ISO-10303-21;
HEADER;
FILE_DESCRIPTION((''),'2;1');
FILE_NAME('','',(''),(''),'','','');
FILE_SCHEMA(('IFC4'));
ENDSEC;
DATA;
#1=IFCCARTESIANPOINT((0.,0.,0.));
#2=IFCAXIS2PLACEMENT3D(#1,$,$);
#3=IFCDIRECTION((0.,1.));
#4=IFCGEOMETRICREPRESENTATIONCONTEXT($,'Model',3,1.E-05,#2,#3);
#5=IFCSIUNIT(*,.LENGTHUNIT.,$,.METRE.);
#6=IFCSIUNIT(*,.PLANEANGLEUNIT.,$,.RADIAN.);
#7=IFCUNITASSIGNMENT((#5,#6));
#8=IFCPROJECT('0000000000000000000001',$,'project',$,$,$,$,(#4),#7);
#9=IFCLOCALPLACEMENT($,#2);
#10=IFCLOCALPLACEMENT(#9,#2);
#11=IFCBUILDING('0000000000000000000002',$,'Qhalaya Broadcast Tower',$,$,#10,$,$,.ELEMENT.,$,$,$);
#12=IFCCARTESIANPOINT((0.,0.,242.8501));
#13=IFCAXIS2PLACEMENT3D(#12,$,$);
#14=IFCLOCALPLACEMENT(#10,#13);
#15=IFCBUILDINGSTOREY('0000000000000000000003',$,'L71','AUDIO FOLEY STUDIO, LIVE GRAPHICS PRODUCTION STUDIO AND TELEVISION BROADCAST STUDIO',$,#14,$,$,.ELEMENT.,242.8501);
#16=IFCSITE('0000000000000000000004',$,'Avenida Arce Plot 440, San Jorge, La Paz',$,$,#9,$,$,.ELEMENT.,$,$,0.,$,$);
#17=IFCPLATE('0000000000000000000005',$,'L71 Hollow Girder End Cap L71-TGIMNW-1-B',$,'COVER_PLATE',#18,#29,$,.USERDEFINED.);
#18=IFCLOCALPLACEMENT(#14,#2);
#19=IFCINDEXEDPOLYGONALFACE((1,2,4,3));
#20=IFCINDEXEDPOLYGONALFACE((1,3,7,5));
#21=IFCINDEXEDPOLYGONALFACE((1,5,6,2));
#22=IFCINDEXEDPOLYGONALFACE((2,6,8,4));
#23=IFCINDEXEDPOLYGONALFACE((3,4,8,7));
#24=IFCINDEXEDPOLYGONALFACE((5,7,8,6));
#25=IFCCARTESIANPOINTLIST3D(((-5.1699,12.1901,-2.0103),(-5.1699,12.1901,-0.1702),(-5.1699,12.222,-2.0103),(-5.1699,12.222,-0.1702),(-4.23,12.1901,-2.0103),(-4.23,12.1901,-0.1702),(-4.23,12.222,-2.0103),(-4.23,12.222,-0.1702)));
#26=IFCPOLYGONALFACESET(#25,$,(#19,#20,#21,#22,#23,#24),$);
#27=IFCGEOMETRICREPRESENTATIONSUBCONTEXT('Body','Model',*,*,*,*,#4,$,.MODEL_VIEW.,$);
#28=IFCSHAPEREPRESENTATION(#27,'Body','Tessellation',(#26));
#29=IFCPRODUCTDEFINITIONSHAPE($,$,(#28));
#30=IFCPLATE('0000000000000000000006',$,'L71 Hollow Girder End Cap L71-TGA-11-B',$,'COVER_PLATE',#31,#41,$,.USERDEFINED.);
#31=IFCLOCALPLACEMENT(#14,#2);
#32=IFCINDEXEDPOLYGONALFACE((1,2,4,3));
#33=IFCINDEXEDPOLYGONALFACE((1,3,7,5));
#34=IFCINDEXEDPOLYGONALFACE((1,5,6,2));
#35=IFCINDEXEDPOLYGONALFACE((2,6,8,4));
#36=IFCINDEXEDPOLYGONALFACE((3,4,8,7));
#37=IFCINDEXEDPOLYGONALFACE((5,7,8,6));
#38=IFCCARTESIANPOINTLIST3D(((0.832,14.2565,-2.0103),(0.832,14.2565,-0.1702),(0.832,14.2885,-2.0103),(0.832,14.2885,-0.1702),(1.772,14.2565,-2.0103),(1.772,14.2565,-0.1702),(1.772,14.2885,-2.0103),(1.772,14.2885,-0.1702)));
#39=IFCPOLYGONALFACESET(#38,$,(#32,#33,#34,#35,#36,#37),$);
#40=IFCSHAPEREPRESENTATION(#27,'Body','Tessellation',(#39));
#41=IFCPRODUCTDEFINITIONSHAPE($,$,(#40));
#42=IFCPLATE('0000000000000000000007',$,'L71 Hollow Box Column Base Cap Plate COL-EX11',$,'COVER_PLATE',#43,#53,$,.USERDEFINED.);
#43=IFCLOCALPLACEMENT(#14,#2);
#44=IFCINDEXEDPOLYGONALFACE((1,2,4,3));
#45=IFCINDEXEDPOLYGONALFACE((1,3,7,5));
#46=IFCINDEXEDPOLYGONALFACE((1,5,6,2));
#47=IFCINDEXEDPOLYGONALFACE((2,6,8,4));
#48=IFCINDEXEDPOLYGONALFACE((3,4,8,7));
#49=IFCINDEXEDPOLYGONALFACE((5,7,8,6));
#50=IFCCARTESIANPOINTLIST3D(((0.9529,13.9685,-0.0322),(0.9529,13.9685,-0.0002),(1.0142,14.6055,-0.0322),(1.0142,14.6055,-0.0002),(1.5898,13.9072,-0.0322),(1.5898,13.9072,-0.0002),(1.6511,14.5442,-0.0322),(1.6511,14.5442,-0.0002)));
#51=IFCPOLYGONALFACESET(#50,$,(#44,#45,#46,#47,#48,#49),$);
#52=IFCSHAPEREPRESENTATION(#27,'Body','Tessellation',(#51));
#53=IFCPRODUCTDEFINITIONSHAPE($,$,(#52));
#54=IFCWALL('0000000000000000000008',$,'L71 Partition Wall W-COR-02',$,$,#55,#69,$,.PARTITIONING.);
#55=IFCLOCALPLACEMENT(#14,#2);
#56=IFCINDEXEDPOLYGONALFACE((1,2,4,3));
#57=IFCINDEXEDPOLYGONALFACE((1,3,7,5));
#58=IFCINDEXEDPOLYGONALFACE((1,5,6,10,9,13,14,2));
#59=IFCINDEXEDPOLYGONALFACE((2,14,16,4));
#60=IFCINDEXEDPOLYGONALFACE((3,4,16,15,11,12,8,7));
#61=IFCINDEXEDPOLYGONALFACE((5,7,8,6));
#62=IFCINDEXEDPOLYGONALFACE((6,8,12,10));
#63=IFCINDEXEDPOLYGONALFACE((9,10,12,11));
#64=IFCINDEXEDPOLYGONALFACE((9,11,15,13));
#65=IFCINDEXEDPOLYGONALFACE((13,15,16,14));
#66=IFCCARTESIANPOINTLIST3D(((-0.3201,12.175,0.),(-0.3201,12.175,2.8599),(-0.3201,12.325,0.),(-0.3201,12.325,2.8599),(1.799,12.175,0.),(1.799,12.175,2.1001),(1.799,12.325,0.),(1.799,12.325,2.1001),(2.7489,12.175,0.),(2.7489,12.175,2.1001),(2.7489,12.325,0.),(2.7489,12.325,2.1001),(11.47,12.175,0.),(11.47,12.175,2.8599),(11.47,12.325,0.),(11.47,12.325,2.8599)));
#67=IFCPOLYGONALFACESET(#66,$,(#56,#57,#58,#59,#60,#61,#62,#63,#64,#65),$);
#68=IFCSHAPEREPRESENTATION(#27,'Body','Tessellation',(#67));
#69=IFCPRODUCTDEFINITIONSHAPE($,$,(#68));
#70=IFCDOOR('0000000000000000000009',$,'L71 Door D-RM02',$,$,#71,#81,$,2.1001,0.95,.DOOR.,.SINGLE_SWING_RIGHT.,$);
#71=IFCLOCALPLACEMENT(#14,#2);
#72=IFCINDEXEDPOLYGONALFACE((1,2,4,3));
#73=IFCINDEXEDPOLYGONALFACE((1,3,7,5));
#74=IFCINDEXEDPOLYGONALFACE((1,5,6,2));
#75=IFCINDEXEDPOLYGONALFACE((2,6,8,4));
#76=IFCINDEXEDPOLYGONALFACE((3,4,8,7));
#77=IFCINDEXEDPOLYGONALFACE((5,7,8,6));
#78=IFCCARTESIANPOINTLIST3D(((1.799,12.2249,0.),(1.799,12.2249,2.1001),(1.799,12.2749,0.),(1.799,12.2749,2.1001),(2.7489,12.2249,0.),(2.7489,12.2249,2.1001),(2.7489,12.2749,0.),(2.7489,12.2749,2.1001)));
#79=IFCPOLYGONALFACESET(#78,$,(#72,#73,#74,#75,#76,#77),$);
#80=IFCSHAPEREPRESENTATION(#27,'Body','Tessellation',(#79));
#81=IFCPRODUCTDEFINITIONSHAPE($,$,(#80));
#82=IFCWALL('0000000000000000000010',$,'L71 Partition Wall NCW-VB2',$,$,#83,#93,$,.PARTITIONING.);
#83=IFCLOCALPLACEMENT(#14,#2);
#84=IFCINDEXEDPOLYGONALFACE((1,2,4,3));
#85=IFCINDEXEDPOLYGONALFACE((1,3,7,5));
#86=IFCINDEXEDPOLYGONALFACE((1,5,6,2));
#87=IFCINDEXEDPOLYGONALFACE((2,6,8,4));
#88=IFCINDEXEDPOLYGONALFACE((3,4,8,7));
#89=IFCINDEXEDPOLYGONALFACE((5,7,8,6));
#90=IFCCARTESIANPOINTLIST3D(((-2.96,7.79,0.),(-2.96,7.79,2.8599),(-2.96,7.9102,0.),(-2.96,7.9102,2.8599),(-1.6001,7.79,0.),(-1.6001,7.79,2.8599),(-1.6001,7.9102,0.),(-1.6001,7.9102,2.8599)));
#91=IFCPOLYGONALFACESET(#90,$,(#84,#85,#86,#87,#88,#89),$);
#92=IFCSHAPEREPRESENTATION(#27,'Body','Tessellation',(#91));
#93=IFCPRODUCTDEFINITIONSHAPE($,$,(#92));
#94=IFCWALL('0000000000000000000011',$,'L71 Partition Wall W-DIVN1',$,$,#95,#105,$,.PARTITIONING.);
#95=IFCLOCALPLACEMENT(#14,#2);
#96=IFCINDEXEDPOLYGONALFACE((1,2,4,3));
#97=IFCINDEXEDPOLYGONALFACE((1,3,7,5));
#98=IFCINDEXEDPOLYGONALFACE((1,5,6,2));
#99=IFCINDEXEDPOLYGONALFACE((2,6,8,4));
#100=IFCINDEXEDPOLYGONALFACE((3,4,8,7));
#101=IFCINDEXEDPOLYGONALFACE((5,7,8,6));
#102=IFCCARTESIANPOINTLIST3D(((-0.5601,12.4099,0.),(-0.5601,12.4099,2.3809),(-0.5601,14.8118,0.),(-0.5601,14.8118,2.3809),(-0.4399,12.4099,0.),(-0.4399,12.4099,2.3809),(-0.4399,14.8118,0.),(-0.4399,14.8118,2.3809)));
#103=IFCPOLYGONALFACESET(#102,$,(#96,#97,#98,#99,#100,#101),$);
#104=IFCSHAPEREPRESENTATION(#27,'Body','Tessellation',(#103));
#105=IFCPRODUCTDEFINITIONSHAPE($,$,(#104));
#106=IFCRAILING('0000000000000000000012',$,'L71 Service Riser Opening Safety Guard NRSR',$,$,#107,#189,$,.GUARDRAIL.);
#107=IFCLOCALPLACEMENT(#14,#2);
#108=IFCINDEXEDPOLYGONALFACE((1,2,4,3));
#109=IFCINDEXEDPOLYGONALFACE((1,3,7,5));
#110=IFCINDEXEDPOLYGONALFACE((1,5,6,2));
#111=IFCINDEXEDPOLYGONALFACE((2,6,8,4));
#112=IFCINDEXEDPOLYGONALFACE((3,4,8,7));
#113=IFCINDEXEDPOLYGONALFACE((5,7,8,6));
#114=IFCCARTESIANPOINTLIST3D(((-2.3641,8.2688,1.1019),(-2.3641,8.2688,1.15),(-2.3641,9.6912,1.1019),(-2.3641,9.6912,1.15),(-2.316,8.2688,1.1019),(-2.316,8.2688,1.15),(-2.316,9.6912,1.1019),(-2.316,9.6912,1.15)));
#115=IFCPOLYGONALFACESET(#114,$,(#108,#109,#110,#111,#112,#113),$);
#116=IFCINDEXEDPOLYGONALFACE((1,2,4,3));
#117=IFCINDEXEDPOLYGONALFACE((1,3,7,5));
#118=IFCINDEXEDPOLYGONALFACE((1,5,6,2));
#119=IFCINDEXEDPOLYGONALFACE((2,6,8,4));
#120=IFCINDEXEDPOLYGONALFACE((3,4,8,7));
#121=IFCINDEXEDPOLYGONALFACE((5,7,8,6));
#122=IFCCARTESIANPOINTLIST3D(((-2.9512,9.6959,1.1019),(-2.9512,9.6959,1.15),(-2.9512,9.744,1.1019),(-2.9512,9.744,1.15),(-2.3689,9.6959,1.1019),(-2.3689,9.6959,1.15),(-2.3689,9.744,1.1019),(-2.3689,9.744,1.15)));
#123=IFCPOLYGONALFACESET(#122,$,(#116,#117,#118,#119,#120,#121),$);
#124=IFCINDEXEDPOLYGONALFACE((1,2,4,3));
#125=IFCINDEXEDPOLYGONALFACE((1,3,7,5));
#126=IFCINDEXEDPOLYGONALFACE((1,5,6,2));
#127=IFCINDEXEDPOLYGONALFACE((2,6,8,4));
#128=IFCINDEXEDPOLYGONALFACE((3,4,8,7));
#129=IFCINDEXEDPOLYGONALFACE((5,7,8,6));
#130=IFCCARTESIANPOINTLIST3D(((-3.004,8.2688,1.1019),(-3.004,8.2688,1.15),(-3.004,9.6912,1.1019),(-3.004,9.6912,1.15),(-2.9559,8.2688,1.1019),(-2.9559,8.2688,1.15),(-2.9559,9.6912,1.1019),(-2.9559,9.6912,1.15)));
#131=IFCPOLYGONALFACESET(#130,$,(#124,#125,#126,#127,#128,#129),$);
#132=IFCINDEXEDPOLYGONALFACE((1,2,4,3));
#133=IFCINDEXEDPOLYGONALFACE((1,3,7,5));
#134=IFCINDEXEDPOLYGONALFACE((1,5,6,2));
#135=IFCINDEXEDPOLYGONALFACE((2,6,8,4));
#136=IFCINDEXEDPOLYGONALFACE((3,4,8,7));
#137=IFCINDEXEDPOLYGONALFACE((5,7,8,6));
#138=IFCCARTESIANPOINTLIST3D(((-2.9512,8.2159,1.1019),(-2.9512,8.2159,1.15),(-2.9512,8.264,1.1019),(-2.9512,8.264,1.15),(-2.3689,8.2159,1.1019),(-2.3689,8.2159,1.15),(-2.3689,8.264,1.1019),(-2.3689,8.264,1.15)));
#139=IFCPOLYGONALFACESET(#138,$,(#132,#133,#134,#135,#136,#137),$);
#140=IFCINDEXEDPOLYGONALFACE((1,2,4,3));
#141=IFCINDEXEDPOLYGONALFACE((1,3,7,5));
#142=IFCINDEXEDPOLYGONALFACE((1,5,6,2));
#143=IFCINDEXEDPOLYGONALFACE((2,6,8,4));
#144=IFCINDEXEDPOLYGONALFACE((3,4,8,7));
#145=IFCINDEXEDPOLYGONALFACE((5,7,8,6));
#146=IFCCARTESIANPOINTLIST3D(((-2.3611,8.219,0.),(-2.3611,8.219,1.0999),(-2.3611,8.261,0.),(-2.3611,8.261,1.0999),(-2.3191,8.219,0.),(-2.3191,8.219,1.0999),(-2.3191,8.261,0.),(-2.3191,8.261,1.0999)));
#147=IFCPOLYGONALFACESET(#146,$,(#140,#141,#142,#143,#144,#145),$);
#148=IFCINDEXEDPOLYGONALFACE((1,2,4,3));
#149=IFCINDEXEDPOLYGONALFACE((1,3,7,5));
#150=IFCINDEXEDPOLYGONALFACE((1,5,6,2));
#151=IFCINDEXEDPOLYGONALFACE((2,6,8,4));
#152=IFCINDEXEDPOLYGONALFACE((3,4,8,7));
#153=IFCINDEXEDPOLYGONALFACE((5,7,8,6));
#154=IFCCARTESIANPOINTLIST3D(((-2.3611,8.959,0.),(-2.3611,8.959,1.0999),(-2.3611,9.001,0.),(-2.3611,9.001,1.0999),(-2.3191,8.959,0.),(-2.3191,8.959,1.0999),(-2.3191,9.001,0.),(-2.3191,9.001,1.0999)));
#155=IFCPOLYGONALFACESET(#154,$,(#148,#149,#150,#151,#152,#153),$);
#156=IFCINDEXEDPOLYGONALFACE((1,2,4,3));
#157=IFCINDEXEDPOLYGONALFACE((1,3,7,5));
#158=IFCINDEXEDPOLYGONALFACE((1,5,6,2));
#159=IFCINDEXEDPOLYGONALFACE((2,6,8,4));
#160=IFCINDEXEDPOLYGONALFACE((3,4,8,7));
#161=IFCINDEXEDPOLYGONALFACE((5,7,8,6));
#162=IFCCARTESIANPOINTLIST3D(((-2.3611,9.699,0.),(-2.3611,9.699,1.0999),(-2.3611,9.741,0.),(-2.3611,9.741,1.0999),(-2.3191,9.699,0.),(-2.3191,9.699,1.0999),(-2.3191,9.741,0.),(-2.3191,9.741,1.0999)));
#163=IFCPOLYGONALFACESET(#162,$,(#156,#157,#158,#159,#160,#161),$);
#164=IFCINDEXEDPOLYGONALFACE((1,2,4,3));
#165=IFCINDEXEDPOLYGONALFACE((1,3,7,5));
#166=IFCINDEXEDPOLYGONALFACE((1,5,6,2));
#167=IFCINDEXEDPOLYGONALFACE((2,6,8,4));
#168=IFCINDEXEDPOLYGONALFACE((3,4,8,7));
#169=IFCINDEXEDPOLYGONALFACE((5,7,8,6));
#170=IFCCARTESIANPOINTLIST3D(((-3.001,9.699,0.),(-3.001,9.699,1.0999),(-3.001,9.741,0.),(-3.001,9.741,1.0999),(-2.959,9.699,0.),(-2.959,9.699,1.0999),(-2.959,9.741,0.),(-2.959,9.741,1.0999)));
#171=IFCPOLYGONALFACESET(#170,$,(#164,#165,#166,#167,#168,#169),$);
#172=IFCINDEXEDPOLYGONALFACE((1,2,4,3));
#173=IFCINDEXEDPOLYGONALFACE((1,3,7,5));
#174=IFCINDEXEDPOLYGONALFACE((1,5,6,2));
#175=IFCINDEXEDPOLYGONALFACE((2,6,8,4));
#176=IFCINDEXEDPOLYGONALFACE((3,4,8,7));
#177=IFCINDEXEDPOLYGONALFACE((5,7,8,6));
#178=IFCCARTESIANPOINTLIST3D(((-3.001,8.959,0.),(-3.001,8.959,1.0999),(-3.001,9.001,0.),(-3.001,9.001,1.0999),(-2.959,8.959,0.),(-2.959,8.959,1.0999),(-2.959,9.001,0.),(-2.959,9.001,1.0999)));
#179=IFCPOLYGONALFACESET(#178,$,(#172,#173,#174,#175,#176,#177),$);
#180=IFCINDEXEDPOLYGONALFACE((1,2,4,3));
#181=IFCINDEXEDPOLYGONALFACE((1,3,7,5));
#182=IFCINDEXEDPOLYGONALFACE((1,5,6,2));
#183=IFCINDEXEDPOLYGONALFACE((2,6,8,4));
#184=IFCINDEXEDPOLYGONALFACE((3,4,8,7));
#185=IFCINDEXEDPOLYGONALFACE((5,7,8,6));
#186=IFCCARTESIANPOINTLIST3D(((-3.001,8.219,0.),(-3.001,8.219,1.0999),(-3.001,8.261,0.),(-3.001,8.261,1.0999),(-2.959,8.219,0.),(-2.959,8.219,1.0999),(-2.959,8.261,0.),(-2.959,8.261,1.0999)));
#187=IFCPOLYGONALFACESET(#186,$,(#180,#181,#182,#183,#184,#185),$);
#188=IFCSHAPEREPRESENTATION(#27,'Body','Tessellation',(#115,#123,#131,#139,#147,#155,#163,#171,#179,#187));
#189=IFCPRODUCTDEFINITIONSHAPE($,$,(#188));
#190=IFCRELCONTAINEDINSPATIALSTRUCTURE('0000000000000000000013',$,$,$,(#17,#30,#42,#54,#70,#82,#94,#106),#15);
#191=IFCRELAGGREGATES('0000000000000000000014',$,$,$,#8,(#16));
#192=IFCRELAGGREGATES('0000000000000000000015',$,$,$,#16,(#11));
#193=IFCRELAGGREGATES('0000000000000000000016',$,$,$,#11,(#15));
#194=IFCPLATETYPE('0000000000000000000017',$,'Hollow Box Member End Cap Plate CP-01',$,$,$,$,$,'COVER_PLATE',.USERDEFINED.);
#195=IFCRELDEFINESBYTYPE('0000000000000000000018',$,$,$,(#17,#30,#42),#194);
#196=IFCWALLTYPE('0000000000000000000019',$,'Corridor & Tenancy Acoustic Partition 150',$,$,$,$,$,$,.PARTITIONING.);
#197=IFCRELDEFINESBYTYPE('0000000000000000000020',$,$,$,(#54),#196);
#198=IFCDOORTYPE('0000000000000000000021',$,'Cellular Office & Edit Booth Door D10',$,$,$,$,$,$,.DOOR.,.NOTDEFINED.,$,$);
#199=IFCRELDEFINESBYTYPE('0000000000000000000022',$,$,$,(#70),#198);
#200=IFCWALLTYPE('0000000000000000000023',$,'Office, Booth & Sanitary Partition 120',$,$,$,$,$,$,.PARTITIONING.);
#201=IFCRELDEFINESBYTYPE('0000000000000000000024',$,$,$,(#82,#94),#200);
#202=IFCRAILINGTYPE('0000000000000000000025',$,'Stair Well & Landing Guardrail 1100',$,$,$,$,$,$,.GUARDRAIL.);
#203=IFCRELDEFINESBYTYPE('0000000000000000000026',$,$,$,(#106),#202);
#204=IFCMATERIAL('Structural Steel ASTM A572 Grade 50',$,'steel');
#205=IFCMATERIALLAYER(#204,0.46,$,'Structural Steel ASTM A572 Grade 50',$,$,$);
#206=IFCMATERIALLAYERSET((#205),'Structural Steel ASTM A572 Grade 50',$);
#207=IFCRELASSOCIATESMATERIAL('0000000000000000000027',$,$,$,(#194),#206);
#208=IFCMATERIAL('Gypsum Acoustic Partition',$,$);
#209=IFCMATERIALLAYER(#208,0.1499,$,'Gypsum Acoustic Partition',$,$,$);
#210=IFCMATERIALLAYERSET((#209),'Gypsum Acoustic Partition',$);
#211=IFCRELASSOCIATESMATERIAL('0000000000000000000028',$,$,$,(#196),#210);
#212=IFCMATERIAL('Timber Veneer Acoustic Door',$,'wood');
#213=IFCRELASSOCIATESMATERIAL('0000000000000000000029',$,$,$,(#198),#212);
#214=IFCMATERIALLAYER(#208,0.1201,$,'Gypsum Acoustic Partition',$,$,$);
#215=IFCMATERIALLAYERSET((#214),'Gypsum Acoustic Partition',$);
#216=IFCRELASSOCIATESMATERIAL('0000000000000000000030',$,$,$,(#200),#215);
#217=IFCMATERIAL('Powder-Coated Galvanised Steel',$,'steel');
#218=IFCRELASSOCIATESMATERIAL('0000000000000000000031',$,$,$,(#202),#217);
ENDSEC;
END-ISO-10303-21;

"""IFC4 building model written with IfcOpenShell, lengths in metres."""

from ifc_helpers import new_model, si_unit, direction, frame, frame_2d, origin, origin_2d, place, context, subcontext, project, spatial, rectangle, extrude, material, layer, layer_set, type_object, element, fill, save


model = new_model("IFC4")

# Units and contexts
model_context = context("Model", 3, precision=1e-05, world=origin(), true_north=direction((0.0, 1.0)))
body_context = subcontext(model_context, "Body", "Model", "MODEL_VIEW")
ifc_project = project(units=[si_unit("LENGTHUNIT", "METRE"), si_unit("PLANEANGLEUNIT", "RADIAN")], contexts=[model_context])

# Site, building, storey
site_placement = place(None, origin())
site = spatial("IfcSite", under=ifc_project, at=site_placement, Name="Avenida Arce Plot 440, San Jorge, La Paz", CompositionType="ELEMENT", RefElevation=0.0)
building_placement = place(site_placement, origin())
building = spatial("IfcBuilding", under=site, at=building_placement, Name="Qhalaya Broadcast Tower", CompositionType="ELEMENT")
storey_placement = place(building_placement, frame((0.0, 0.0, 242.8501)))
storey = spatial("IfcBuildingStorey", under=building, at=storey_placement, Name="L71", Description="AUDIO FOLEY STUDIO, LIVE GRAPHICS PRODUCTION STUDIO AND TELEVISION BROADCAST STUDIO", CompositionType="ELEMENT", Elevation=242.8501)

# Shared definitions
ifc_material_1 = material(Name="Structural Steel ASTM A572 Grade 50", Category="steel")

# Plates
ifc_layer_1 = layer(ifc_material_1, 0.46, Name="Structural Steel ASTM A572 Grade 50")
ifc_layer_set_1 = layer_set([ifc_layer_1], Name="Structural Steel ASTM A572 Grade 50")
plate_type = type_object("IfcPlateType", Name="Hollow Box Member End Cap Plate CP-01", ElementType="COVER_PLATE", PredefinedType="USERDEFINED", material=ifc_layer_set_1)
for number, where, z_axis, x_axis, name in (
    (1, (-4.7, 12.2061, -2.0103), (0.0, 0.0, 1.0), (-1.0, 0.0, 0.0), "L71 Hollow Girder End Cap L71-TGIMNW-1-B"),
    (2, (1.302, 14.2725, -2.0103), (0.0, 0.0, 1.0), (-1.0, 0.0, 0.0), "L71 Hollow Girder End Cap L71-TGA-11-B"),
):
    element("IfcPlate", number, at=place(storey_placement, frame(where, z_axis=z_axis, x_axis=x_axis)), inside=storey, type_object=plate_type, Name=name, ObjectType="COVER_PLATE", PredefinedType="USERDEFINED", context=body_context, shape_type="SweptSolid", body=[
        extrude(rectangle(XDim=0.9399, YDim=0.032, at=origin_2d()), origin(), (0.0, 0.0, 1.0), 1.8401),
    ])
plate_placement = place(storey_placement, frame((1.302, 14.2563, -0.0322), z_axis=(0.0, 0.0, 1.0), x_axis=(0.995396, -0.095846, 0.0)))
element("IfcPlate", 3, at=plate_placement, inside=storey, type_object=plate_type, Name="L71 Hollow Box Column Base Cap Plate COL-EX11", ObjectType="COVER_PLATE", PredefinedType="USERDEFINED", context=body_context, shape_type="SweptSolid", body=[
    extrude(rectangle(XDim=0.6399, YDim=0.6399, at=origin_2d()), origin(), (0.0, 0.0, 1.0), 0.032),
])

# Wall, opening, door
ifc_material_2 = material(Name="Gypsum Acoustic Partition")
ifc_layer_2 = layer(ifc_material_2, 0.1499, Name="Gypsum Acoustic Partition")
ifc_layer_set_2 = layer_set([ifc_layer_2], Name="Gypsum Acoustic Partition")
wall_type_1 = type_object("IfcWallType", Name="Corridor & Tenancy Acoustic Partition 150", PredefinedType="PARTITIONING", material=ifc_layer_set_2)
wall_1_placement = place(storey_placement, frame((-0.3201, 12.25, 0.0), z_axis=(0.0, 0.0, 1.0), x_axis=(1.0, 0.0, 0.0)))
wall_1 = element("IfcWall", 4, at=wall_1_placement, inside=storey, type_object=wall_type_1, Name="L71 Partition Wall W-COR-02", PredefinedType="PARTITIONING", context=body_context, shape_type="SweptSolid", body=[
    extrude(rectangle(XDim=11.79, YDim=0.1499, at=frame_2d((5.895, 0.0))), origin(), (0.0, 0.0, 1.0), 2.8599),
])
opening_placement = place(wall_1_placement, frame((2.1189, 0.0, 0.0)))
opening = element("IfcOpeningElement", 5, at=opening_placement, cuts=wall_1, PredefinedType="OPENING", context=body_context, shape_type="SweptSolid", body=[
    extrude(rectangle(XDim=0.95, YDim=2.1001, at=frame_2d((0.4751, 1.05))), frame((0.0, 0.0869, 0.0), z_axis=(0.0, -1.0, 0.0), x_axis=(1.0, 0.0, 0.0)), (0.0, 0.0, 1.0), 0.1738),
])
ifc_material_3 = material(Name="Timber Veneer Acoustic Door", Category="wood")
door_type = type_object("IfcDoorType", Name="Cellular Office & Edit Booth Door D10", OperationType="NOTDEFINED", PredefinedType="DOOR", material=ifc_material_3)
door_placement = place(opening_placement, origin())
door = element("IfcDoor", 6, at=door_placement, inside=storey, type_object=door_type, Name="L71 Door D-RM02", OperationType="SINGLE_SWING_RIGHT", OverallHeight=2.1001, OverallWidth=0.95, PredefinedType="DOOR", context=body_context, shape_type="SweptSolid", body=[
    extrude(rectangle(XDim=0.95, YDim=2.1001, at=frame_2d((0.4751, 1.05))), frame((0.0, 0.0249, 0.0), z_axis=(0.0, -1.0, 0.0), x_axis=(1.0, 0.0, 0.0)), (0.0, 0.0, 1.0), 0.05),
])
fill(opening, door)

# Walls
ifc_layer_3 = layer(ifc_material_2, 0.1201, Name="Gypsum Acoustic Partition")
ifc_layer_set_3 = layer_set([ifc_layer_3], Name="Gypsum Acoustic Partition")
wall_type_2 = type_object("IfcWallType", Name="Office, Booth & Sanitary Partition 120", PredefinedType="PARTITIONING", material=ifc_layer_set_3)
wall_2_placement = place(storey_placement, frame((-2.96, 7.8501, 0.0), z_axis=(0.0, 0.0, 1.0), x_axis=(1.0, 0.0, 0.0)))
element("IfcWall", 7, at=wall_2_placement, inside=storey, type_object=wall_type_2, Name="L71 Partition Wall NCW-VB2", PredefinedType="PARTITIONING", context=body_context, shape_type="SweptSolid", body=[
    extrude(rectangle(XDim=1.3599, YDim=0.1201, at=frame_2d((0.6799, 0.0))), origin(), (0.0, 0.0, 1.0), 2.8599),
])
wall_3_placement = place(storey_placement, frame((-0.5, 12.4099, 0.0), z_axis=(0.0, 0.0, 1.0), x_axis=(0.0, 1.0, 0.0)))
element("IfcWall", 8, at=wall_3_placement, inside=storey, type_object=wall_type_2, Name="L71 Partition Wall W-DIVN1", PredefinedType="PARTITIONING", context=body_context, shape_type="SweptSolid", body=[
    extrude(rectangle(XDim=2.4019, YDim=0.1201, at=frame_2d((1.2009, 0.0))), origin(), (0.0, 0.0, 1.0), 2.3809),
])

# Railing
ifc_material_4 = material(Name="Powder-Coated Galvanised Steel", Category="steel")
railing_type = type_object("IfcRailingType", Name="Stair Well & Landing Guardrail 1100", PredefinedType="GUARDRAIL", material=ifc_material_4)
railing_placement = place(storey_placement, frame((-2.3401, 8.24, 0.0)))
element("IfcRailing", 9, at=railing_placement, inside=storey, type_object=railing_type, Name="L71 Service Riser Opening Safety Guard NRSR", PredefinedType="GUARDRAIL", context=body_context, shape_type="SweptSolid", body=[
    extrude(rectangle(XDim=0.0481, YDim=0.0481, at=origin_2d()), frame((0.0, 0.0288, 1.126), z_axis=(0.0, 1.0, 0.0), x_axis=(-1.0, 0.0, 0.0)), (0.0, 0.0, 1.0), 1.4224),
    extrude(rectangle(XDim=0.0481, YDim=0.0481, at=origin_2d()), frame((-0.0288, 1.48, 1.126), z_axis=(-1.0, 0.0, 0.0), x_axis=(0.0, -1.0, 0.0)), (0.0, 0.0, 1.0), 0.5823),
    extrude(rectangle(XDim=0.0481, YDim=0.0481, at=origin_2d()), frame((-0.6399, 1.4512, 1.126), z_axis=(0.0, -1.0, 0.0), x_axis=(1.0, 0.0, 0.0)), (0.0, 0.0, 1.0), 1.4224),
    extrude(rectangle(XDim=0.0481, YDim=0.0481, at=origin_2d()), frame((-0.6111, 0.0, 1.126), z_axis=(1.0, 0.0, 0.0), x_axis=(0.0, 1.0, 0.0)), (0.0, 0.0, 1.0), 0.5823),
    extrude(rectangle(XDim=0.042, YDim=0.042, at=origin_2d()), origin(), (0.0, 0.0, 1.0), 1.0999),
    extrude(rectangle(XDim=0.042, YDim=0.042, at=origin_2d()), frame((0.0, 0.74, 0.0)), (0.0, 0.0, 1.0), 1.0999),
    extrude(rectangle(XDim=0.042, YDim=0.042, at=origin_2d()), frame((0.0, 1.48, 0.0)), (0.0, 0.0, 1.0), 1.0999),
    extrude(rectangle(XDim=0.042, YDim=0.042, at=origin_2d()), frame((-0.6399, 1.48, 0.0)), (0.0, 0.0, 1.0), 1.0999),
    extrude(rectangle(XDim=0.042, YDim=0.042, at=origin_2d()), frame((-0.6399, 0.74, 0.0)), (0.0, 0.0, 1.0), 1.0999),
    extrude(rectangle(XDim=0.042, YDim=0.042, at=origin_2d()), frame((-0.6399, 0.0, 0.0)), (0.0, 0.0, 1.0), 1.0999),
])

save(model, "model.ifc")
